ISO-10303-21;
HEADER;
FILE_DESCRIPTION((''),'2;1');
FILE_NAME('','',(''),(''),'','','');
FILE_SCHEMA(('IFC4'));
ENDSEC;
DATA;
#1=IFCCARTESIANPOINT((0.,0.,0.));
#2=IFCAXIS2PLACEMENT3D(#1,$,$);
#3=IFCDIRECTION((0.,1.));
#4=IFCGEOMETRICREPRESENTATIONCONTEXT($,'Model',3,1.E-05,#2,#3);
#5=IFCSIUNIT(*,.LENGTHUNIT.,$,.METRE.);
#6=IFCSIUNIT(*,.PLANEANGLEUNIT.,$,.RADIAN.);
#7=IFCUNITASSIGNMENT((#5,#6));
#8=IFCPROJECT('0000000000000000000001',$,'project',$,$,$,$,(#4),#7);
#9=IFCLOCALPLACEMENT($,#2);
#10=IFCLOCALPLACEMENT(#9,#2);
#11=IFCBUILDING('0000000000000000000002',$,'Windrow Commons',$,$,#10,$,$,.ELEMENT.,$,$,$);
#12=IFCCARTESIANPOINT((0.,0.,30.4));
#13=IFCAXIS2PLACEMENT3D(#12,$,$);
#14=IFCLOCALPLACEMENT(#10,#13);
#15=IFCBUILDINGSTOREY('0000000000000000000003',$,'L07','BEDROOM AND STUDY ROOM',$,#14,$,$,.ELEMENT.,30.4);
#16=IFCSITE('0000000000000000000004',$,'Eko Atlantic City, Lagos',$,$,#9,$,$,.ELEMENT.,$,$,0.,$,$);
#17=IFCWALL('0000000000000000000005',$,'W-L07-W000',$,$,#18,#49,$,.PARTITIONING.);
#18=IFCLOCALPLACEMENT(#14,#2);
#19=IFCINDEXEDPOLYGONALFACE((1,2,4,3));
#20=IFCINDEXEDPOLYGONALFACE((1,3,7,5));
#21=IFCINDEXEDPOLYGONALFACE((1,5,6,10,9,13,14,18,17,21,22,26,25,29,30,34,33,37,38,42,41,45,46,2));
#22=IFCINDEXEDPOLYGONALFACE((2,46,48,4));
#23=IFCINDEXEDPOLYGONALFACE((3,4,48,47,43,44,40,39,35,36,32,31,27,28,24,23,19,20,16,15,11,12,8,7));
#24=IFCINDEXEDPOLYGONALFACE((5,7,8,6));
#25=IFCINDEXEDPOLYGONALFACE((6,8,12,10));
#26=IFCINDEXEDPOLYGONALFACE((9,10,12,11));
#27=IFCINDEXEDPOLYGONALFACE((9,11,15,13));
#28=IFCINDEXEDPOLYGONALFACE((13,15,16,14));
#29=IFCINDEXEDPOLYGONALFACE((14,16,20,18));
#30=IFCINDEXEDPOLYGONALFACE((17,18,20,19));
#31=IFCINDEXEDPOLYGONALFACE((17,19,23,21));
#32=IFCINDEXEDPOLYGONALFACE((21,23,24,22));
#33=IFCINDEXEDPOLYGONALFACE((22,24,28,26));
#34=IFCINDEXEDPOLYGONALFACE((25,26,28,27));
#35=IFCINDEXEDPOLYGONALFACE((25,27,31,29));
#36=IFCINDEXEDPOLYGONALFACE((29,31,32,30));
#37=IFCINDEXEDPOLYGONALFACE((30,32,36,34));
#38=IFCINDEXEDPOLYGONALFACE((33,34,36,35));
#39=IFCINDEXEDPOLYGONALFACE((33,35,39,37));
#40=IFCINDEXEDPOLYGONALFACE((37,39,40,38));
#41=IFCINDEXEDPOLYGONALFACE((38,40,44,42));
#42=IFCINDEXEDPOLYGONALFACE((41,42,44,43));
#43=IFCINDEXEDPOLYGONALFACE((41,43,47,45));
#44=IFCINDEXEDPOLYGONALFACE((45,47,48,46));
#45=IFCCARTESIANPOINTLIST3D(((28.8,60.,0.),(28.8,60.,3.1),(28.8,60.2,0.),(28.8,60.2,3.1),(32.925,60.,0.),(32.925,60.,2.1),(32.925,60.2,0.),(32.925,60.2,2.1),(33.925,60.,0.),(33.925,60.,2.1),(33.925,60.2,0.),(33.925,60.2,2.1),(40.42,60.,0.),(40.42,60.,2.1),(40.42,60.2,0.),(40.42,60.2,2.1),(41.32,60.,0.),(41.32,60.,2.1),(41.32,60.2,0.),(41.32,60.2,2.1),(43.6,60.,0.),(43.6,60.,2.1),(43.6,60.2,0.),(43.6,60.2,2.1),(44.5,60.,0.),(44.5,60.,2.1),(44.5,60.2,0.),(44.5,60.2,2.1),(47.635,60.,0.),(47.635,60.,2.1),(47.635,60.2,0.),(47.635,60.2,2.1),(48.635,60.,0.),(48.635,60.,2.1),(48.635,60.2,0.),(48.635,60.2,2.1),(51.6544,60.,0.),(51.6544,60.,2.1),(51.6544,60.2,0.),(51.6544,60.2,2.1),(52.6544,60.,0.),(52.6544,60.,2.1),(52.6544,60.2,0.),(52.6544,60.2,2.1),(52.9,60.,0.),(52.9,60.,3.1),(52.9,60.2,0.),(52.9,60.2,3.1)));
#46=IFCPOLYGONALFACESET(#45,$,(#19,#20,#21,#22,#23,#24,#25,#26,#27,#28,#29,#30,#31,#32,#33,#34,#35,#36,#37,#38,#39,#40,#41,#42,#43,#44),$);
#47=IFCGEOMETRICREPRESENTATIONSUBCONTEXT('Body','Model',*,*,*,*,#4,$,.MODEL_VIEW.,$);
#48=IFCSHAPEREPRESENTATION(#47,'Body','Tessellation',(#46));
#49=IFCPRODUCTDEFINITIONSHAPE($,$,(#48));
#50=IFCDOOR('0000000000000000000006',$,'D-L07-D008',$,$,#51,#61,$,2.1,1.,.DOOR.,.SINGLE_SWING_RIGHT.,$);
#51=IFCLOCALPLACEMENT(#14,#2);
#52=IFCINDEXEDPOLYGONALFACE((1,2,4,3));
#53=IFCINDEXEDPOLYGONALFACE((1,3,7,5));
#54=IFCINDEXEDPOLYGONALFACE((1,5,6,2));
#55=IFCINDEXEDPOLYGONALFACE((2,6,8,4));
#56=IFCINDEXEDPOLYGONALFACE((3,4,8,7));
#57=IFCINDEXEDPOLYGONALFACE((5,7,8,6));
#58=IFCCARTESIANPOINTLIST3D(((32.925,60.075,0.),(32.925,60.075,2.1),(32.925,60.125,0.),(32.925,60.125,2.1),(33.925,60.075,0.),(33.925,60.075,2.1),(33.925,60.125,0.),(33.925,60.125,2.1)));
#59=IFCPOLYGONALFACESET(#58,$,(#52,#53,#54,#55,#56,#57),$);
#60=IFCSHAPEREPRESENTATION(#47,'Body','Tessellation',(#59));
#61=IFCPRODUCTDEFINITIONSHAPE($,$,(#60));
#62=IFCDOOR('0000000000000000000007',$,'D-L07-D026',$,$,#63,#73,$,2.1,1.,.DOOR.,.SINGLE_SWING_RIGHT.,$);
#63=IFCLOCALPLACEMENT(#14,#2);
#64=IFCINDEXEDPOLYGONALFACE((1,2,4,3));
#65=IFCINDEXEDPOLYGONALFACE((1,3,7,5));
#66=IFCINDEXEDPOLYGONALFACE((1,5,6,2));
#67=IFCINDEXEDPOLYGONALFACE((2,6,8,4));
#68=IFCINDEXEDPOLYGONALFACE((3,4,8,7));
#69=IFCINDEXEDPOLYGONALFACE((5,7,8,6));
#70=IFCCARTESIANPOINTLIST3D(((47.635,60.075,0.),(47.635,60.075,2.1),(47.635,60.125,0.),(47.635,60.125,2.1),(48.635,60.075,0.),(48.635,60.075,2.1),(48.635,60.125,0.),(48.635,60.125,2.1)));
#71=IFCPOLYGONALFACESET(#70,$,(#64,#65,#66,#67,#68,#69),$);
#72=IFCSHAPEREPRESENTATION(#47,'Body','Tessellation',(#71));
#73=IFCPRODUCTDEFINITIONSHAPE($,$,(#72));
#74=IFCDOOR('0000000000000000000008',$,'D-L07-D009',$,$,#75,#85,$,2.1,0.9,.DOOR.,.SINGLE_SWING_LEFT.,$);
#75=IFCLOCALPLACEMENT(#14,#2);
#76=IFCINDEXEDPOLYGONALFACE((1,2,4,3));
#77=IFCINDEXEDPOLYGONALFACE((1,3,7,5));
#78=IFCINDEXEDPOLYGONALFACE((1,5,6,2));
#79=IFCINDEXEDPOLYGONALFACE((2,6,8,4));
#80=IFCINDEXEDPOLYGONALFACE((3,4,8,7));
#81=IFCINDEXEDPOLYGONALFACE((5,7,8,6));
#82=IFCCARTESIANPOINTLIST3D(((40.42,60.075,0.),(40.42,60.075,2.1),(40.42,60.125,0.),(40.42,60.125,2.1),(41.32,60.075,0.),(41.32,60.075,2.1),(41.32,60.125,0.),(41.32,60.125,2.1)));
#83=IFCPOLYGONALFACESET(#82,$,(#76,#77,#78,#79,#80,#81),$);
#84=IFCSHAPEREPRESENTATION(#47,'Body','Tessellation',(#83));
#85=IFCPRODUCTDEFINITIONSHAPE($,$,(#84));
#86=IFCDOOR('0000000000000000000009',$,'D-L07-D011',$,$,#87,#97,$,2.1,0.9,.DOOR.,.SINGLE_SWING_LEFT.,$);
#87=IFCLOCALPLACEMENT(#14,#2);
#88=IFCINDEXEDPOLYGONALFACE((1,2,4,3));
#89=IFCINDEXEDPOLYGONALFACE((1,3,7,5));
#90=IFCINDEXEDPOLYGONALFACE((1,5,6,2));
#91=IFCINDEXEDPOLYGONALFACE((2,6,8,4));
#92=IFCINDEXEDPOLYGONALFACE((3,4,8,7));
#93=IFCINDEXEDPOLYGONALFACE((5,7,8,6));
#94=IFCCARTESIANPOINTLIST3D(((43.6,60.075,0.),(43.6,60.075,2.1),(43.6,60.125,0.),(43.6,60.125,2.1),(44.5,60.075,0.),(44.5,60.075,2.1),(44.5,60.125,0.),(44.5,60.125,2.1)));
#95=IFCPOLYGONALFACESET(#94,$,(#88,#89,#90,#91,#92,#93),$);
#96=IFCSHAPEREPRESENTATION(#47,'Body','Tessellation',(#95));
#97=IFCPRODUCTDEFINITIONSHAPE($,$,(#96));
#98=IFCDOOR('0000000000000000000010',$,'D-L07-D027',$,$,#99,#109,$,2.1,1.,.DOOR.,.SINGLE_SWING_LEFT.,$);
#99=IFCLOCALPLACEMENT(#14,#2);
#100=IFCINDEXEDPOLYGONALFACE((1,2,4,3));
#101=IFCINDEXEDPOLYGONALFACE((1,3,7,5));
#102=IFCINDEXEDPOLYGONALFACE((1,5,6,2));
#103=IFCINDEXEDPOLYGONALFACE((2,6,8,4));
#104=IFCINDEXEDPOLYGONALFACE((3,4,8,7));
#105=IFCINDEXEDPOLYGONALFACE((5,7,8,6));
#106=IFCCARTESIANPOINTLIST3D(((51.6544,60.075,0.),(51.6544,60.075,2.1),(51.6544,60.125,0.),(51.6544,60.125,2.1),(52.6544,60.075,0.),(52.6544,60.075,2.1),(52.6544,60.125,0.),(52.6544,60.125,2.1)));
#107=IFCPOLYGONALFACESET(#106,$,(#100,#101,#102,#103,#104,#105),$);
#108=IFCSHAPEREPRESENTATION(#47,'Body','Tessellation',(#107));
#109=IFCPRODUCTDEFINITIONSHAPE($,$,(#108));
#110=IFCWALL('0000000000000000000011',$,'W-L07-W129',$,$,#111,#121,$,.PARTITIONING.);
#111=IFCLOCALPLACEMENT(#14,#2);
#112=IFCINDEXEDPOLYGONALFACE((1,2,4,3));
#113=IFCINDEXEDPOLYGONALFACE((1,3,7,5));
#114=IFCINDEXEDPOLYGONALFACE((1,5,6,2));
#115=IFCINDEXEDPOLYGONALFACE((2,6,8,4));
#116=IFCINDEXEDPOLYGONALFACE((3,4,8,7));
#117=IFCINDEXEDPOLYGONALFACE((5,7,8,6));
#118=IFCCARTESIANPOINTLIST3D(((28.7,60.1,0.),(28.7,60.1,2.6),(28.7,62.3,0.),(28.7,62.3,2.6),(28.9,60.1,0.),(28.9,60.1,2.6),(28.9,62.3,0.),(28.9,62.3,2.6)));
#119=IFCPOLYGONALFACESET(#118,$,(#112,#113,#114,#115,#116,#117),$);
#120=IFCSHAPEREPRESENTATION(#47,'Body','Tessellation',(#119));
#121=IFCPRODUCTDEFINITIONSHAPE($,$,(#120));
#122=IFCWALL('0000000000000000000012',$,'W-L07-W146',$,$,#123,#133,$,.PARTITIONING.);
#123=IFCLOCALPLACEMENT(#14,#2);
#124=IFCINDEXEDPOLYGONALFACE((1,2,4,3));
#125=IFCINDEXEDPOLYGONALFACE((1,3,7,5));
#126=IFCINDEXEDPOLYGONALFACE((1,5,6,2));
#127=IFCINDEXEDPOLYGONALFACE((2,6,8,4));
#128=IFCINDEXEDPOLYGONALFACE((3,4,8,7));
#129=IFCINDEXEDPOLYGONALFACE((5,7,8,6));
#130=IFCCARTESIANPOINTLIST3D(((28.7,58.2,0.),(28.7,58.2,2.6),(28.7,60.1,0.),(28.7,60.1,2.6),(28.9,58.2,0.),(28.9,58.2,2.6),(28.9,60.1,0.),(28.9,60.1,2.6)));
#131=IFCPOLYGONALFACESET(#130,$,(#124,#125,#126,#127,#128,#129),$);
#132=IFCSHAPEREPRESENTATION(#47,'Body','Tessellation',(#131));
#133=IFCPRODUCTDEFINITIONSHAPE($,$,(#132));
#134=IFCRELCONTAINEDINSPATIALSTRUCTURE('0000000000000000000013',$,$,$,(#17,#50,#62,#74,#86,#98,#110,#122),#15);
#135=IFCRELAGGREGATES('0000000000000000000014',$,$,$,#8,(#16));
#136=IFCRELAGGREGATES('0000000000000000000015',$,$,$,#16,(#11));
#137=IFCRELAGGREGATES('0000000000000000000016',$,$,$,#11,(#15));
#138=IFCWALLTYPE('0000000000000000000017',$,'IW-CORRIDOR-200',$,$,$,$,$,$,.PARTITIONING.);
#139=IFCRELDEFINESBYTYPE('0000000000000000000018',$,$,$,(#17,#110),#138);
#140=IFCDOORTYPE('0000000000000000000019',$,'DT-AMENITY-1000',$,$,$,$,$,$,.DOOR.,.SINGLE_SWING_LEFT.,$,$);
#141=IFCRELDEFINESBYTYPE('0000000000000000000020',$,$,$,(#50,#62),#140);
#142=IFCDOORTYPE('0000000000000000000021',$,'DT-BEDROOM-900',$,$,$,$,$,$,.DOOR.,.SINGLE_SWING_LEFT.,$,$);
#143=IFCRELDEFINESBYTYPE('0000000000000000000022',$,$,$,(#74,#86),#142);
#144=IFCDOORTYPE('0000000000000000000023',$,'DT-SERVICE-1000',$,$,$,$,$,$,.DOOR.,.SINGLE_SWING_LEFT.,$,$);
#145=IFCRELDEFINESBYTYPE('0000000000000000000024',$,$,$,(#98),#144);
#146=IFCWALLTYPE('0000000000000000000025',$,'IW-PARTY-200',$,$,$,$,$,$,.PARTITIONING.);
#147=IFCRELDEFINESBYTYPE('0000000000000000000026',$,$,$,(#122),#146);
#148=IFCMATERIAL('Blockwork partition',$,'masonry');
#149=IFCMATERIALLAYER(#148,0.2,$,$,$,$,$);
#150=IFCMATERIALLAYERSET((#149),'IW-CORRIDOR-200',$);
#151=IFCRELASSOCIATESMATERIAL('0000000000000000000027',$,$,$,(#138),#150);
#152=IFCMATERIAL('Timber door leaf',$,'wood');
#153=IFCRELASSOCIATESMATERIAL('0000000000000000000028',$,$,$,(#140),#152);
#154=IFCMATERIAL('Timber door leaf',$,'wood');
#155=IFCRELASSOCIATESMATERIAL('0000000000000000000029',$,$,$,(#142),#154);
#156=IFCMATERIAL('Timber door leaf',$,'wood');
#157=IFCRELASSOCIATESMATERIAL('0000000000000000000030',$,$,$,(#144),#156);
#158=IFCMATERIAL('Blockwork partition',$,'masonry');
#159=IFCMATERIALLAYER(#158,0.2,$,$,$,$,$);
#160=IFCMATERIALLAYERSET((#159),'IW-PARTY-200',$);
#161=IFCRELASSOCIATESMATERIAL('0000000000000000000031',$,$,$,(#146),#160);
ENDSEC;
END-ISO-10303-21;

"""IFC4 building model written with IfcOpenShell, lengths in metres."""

from ifc_helpers import new_model, si_unit, direction, frame, frame_2d, origin, place, context, subcontext, project, spatial, rectangle, extrude, material, layer, layer_set, type_object, element, fill, save


model = new_model("IFC4")

# Units and contexts
model_context = context("Model", 3, precision=1e-05, world=origin(), true_north=direction((0.0, 1.0)))
body_context = subcontext(model_context, "Body", "Model", "MODEL_VIEW")
ifc_project = project(units=[si_unit("LENGTHUNIT", "METRE"), si_unit("PLANEANGLEUNIT", "RADIAN")], contexts=[model_context])

# Site, building, storey
site_placement = place(None, origin())
site = spatial("IfcSite", under=ifc_project, at=site_placement, Name="Eko Atlantic City, Lagos", CompositionType="ELEMENT", RefElevation=0.0)
building_placement = place(site_placement, origin())
building = spatial("IfcBuilding", under=site, at=building_placement, Name="Windrow Commons", CompositionType="ELEMENT")
storey_placement = place(building_placement, frame((0.0, 0.0, 30.4)))
storey = spatial("IfcBuildingStorey", under=building, at=storey_placement, Name="L07", Description="BEDROOM AND STUDY ROOM", CompositionType="ELEMENT", Elevation=30.4)

# Wall, openings, doors
ifc_material_1 = material(Name="Blockwork partition", Category="masonry")
ifc_layer_1 = layer(ifc_material_1, 0.2)
ifc_layer_set_1 = layer_set([ifc_layer_1], Name="IW-CORRIDOR-200")
wall_type_1 = type_object("IfcWallType", Name="IW-CORRIDOR-200", PredefinedType="PARTITIONING", material=ifc_layer_set_1)
wall_1_placement = place(storey_placement, frame((28.8, 60.1, 0.0), z_axis=(0.0, 0.0, 1.0), x_axis=(1.0, 0.0, 0.0)))
wall_1 = element("IfcWall", 1, at=wall_1_placement, inside=storey, type_object=wall_type_1, Name="W-L07-W000", PredefinedType="PARTITIONING", context=body_context, shape_type="SweptSolid", body=[
    extrude(rectangle(XDim=24.1, YDim=0.2, at=frame_2d((12.05, 0.0))), origin(), (0.0, 0.0, 1.0), 3.1),
])
opening_1_placement = place(wall_1_placement, frame((4.125, 0.0, 0.0)))
opening_1 = element("IfcOpeningElement", 2, at=opening_1_placement, cuts=wall_1, PredefinedType="OPENING", context=body_context, shape_type="SweptSolid", body=[
    extrude(rectangle(XDim=1.0, YDim=2.1, at=frame_2d((0.5, 1.05))), frame((0.0, 0.11, 0.0), z_axis=(0.0, -1.0, 0.0), x_axis=(1.0, 0.0, 0.0)), (0.0, 0.0, 1.0), 0.22),
])
opening_2_placement = place(wall_1_placement, frame((11.62, 0.0, 0.0)))
opening_2 = element("IfcOpeningElement", 3, at=opening_2_placement, cuts=wall_1, PredefinedType="OPENING", context=body_context, shape_type="SweptSolid", body=[
    extrude(rectangle(XDim=0.9, YDim=2.1, at=frame_2d((0.45, 1.05))), frame((0.0, 0.11, 0.0), z_axis=(0.0, -1.0, 0.0), x_axis=(1.0, 0.0, 0.0)), (0.0, 0.0, 1.0), 0.22),
])
opening_3_placement = place(wall_1_placement, frame((14.8, 0.0, 0.0)))
opening_3 = element("IfcOpeningElement", 4, at=opening_3_placement, cuts=wall_1, PredefinedType="OPENING", context=body_context, shape_type="SweptSolid", body=[
    extrude(rectangle(XDim=0.9, YDim=2.1, at=frame_2d((0.45, 1.05))), frame((0.0, 0.11, 0.0), z_axis=(0.0, -1.0, 0.0), x_axis=(1.0, 0.0, 0.0)), (0.0, 0.0, 1.0), 0.22),
])
opening_4_placement = place(wall_1_placement, frame((18.835, 0.0, 0.0)))
opening_4 = element("IfcOpeningElement", 5, at=opening_4_placement, cuts=wall_1, PredefinedType="OPENING", context=body_context, shape_type="SweptSolid", body=[
    extrude(rectangle(XDim=1.0, YDim=2.1, at=frame_2d((0.5, 1.05))), frame((0.0, 0.11, 0.0), z_axis=(0.0, -1.0, 0.0), x_axis=(1.0, 0.0, 0.0)), (0.0, 0.0, 1.0), 0.22),
])
opening_5_placement = place(wall_1_placement, frame((22.8544, 0.0, 0.0)))
opening_5 = element("IfcOpeningElement", 6, at=opening_5_placement, cuts=wall_1, PredefinedType="OPENING", context=body_context, shape_type="SweptSolid", body=[
    extrude(rectangle(XDim=1.0, YDim=2.1, at=frame_2d((0.5, 1.05))), frame((0.0, 0.11, 0.0), z_axis=(0.0, -1.0, 0.0), x_axis=(1.0, 0.0, 0.0)), (0.0, 0.0, 1.0), 0.22),
])
ifc_material_2 = material(Name="Timber door leaf", Category="wood")
door_type_1 = type_object("IfcDoorType", Name="DT-AMENITY-1000", OperationType="SINGLE_SWING_LEFT", PredefinedType="DOOR", material=ifc_material_2)
door_1_placement = place(opening_1_placement, origin())
door_1 = element("IfcDoor", 7, at=door_1_placement, inside=storey, type_object=door_type_1, Name="D-L07-D008", OperationType="SINGLE_SWING_RIGHT", OverallHeight=2.1, OverallWidth=1.0, PredefinedType="DOOR", context=body_context, shape_type="SweptSolid", body=[
    extrude(rectangle(XDim=1.0, YDim=2.1, at=frame_2d((0.5, 1.05))), frame((0.0, 0.025, 0.0), z_axis=(0.0, -1.0, 0.0), x_axis=(1.0, 0.0, 0.0)), (0.0, 0.0, 1.0), 0.05),
])
fill(opening_1, door_1)
door_2_placement = place(opening_4_placement, origin())
door_2 = element("IfcDoor", 8, at=door_2_placement, inside=storey, type_object=door_type_1, Name="D-L07-D026", OperationType="SINGLE_SWING_RIGHT", OverallHeight=2.1, OverallWidth=1.0, PredefinedType="DOOR", context=body_context, shape_type="SweptSolid", body=[
    extrude(rectangle(XDim=1.0, YDim=2.1, at=frame_2d((0.5, 1.05))), frame((0.0, 0.025, 0.0), z_axis=(0.0, -1.0, 0.0), x_axis=(1.0, 0.0, 0.0)), (0.0, 0.0, 1.0), 0.05),
])
fill(opening_4, door_2)
ifc_material_3 = material(Name="Timber door leaf", Category="wood")
door_type_2 = type_object("IfcDoorType", Name="DT-BEDROOM-900", OperationType="SINGLE_SWING_LEFT", PredefinedType="DOOR", material=ifc_material_3)
door_3_placement = place(opening_2_placement, origin())
door_3 = element("IfcDoor", 9, at=door_3_placement, inside=storey, type_object=door_type_2, Name="D-L07-D009", OperationType="SINGLE_SWING_LEFT", OverallHeight=2.1, OverallWidth=0.9, PredefinedType="DOOR", context=body_context, shape_type="SweptSolid", body=[
    extrude(rectangle(XDim=0.9, YDim=2.1, at=frame_2d((0.45, 1.05))), frame((0.0, 0.025, 0.0), z_axis=(0.0, -1.0, 0.0), x_axis=(1.0, 0.0, 0.0)), (0.0, 0.0, 1.0), 0.05),
])
fill(opening_2, door_3)
door_4_placement = place(opening_3_placement, origin())
door_4 = element("IfcDoor", 10, at=door_4_placement, inside=storey, type_object=door_type_2, Name="D-L07-D011", OperationType="SINGLE_SWING_LEFT", OverallHeight=2.1, OverallWidth=0.9, PredefinedType="DOOR", context=body_context, shape_type="SweptSolid", body=[
    extrude(rectangle(XDim=0.9, YDim=2.1, at=frame_2d((0.45, 1.05))), frame((0.0, 0.025, 0.0), z_axis=(0.0, -1.0, 0.0), x_axis=(1.0, 0.0, 0.0)), (0.0, 0.0, 1.0), 0.05),
])
fill(opening_3, door_4)
ifc_material_4 = material(Name="Timber door leaf", Category="wood")
door_type_3 = type_object("IfcDoorType", Name="DT-SERVICE-1000", OperationType="SINGLE_SWING_LEFT", PredefinedType="DOOR", material=ifc_material_4)
door_5_placement = place(opening_5_placement, origin())
door_5 = element("IfcDoor", 11, at=door_5_placement, inside=storey, type_object=door_type_3, Name="D-L07-D027", OperationType="SINGLE_SWING_LEFT", OverallHeight=2.1, OverallWidth=1.0, PredefinedType="DOOR", context=body_context, shape_type="SweptSolid", body=[
    extrude(rectangle(XDim=1.0, YDim=2.1, at=frame_2d((0.5, 1.05))), frame((0.0, 0.025, 0.0), z_axis=(0.0, -1.0, 0.0), x_axis=(1.0, 0.0, 0.0)), (0.0, 0.0, 1.0), 0.05),
])
fill(opening_5, door_5)

# Walls
wall_2_placement = place(storey_placement, frame((28.8, 60.1, 0.0), z_axis=(0.0, 0.0, 1.0), x_axis=(0.0, 1.0, 0.0)))
element("IfcWall", 12, at=wall_2_placement, inside=storey, type_object=wall_type_1, Name="W-L07-W129", PredefinedType="PARTITIONING", context=body_context, shape_type="SweptSolid", body=[
    extrude(rectangle(XDim=2.2, YDim=0.2, at=frame_2d((1.1, 0.0))), origin(), (0.0, 0.0, 1.0), 2.6),
])
ifc_material_5 = material(Name="Blockwork partition", Category="masonry")
ifc_layer_2 = layer(ifc_material_5, 0.2)
ifc_layer_set_2 = layer_set([ifc_layer_2], Name="IW-PARTY-200")
wall_type_2 = type_object("IfcWallType", Name="IW-PARTY-200", PredefinedType="PARTITIONING", material=ifc_layer_set_2)
wall_3_placement = place(storey_placement, frame((28.8, 58.2, 0.0), z_axis=(0.0, 0.0, 1.0), x_axis=(0.0, 1.0, 0.0)))
element("IfcWall", 13, at=wall_3_placement, inside=storey, type_object=wall_type_2, Name="W-L07-W146", PredefinedType="PARTITIONING", context=body_context, shape_type="SweptSolid", body=[
    extrude(rectangle(XDim=1.9, YDim=0.2, at=frame_2d((0.95, 0.0))), origin(), (0.0, 0.0, 1.0), 2.6),
])

save(model, "model.ifc")
